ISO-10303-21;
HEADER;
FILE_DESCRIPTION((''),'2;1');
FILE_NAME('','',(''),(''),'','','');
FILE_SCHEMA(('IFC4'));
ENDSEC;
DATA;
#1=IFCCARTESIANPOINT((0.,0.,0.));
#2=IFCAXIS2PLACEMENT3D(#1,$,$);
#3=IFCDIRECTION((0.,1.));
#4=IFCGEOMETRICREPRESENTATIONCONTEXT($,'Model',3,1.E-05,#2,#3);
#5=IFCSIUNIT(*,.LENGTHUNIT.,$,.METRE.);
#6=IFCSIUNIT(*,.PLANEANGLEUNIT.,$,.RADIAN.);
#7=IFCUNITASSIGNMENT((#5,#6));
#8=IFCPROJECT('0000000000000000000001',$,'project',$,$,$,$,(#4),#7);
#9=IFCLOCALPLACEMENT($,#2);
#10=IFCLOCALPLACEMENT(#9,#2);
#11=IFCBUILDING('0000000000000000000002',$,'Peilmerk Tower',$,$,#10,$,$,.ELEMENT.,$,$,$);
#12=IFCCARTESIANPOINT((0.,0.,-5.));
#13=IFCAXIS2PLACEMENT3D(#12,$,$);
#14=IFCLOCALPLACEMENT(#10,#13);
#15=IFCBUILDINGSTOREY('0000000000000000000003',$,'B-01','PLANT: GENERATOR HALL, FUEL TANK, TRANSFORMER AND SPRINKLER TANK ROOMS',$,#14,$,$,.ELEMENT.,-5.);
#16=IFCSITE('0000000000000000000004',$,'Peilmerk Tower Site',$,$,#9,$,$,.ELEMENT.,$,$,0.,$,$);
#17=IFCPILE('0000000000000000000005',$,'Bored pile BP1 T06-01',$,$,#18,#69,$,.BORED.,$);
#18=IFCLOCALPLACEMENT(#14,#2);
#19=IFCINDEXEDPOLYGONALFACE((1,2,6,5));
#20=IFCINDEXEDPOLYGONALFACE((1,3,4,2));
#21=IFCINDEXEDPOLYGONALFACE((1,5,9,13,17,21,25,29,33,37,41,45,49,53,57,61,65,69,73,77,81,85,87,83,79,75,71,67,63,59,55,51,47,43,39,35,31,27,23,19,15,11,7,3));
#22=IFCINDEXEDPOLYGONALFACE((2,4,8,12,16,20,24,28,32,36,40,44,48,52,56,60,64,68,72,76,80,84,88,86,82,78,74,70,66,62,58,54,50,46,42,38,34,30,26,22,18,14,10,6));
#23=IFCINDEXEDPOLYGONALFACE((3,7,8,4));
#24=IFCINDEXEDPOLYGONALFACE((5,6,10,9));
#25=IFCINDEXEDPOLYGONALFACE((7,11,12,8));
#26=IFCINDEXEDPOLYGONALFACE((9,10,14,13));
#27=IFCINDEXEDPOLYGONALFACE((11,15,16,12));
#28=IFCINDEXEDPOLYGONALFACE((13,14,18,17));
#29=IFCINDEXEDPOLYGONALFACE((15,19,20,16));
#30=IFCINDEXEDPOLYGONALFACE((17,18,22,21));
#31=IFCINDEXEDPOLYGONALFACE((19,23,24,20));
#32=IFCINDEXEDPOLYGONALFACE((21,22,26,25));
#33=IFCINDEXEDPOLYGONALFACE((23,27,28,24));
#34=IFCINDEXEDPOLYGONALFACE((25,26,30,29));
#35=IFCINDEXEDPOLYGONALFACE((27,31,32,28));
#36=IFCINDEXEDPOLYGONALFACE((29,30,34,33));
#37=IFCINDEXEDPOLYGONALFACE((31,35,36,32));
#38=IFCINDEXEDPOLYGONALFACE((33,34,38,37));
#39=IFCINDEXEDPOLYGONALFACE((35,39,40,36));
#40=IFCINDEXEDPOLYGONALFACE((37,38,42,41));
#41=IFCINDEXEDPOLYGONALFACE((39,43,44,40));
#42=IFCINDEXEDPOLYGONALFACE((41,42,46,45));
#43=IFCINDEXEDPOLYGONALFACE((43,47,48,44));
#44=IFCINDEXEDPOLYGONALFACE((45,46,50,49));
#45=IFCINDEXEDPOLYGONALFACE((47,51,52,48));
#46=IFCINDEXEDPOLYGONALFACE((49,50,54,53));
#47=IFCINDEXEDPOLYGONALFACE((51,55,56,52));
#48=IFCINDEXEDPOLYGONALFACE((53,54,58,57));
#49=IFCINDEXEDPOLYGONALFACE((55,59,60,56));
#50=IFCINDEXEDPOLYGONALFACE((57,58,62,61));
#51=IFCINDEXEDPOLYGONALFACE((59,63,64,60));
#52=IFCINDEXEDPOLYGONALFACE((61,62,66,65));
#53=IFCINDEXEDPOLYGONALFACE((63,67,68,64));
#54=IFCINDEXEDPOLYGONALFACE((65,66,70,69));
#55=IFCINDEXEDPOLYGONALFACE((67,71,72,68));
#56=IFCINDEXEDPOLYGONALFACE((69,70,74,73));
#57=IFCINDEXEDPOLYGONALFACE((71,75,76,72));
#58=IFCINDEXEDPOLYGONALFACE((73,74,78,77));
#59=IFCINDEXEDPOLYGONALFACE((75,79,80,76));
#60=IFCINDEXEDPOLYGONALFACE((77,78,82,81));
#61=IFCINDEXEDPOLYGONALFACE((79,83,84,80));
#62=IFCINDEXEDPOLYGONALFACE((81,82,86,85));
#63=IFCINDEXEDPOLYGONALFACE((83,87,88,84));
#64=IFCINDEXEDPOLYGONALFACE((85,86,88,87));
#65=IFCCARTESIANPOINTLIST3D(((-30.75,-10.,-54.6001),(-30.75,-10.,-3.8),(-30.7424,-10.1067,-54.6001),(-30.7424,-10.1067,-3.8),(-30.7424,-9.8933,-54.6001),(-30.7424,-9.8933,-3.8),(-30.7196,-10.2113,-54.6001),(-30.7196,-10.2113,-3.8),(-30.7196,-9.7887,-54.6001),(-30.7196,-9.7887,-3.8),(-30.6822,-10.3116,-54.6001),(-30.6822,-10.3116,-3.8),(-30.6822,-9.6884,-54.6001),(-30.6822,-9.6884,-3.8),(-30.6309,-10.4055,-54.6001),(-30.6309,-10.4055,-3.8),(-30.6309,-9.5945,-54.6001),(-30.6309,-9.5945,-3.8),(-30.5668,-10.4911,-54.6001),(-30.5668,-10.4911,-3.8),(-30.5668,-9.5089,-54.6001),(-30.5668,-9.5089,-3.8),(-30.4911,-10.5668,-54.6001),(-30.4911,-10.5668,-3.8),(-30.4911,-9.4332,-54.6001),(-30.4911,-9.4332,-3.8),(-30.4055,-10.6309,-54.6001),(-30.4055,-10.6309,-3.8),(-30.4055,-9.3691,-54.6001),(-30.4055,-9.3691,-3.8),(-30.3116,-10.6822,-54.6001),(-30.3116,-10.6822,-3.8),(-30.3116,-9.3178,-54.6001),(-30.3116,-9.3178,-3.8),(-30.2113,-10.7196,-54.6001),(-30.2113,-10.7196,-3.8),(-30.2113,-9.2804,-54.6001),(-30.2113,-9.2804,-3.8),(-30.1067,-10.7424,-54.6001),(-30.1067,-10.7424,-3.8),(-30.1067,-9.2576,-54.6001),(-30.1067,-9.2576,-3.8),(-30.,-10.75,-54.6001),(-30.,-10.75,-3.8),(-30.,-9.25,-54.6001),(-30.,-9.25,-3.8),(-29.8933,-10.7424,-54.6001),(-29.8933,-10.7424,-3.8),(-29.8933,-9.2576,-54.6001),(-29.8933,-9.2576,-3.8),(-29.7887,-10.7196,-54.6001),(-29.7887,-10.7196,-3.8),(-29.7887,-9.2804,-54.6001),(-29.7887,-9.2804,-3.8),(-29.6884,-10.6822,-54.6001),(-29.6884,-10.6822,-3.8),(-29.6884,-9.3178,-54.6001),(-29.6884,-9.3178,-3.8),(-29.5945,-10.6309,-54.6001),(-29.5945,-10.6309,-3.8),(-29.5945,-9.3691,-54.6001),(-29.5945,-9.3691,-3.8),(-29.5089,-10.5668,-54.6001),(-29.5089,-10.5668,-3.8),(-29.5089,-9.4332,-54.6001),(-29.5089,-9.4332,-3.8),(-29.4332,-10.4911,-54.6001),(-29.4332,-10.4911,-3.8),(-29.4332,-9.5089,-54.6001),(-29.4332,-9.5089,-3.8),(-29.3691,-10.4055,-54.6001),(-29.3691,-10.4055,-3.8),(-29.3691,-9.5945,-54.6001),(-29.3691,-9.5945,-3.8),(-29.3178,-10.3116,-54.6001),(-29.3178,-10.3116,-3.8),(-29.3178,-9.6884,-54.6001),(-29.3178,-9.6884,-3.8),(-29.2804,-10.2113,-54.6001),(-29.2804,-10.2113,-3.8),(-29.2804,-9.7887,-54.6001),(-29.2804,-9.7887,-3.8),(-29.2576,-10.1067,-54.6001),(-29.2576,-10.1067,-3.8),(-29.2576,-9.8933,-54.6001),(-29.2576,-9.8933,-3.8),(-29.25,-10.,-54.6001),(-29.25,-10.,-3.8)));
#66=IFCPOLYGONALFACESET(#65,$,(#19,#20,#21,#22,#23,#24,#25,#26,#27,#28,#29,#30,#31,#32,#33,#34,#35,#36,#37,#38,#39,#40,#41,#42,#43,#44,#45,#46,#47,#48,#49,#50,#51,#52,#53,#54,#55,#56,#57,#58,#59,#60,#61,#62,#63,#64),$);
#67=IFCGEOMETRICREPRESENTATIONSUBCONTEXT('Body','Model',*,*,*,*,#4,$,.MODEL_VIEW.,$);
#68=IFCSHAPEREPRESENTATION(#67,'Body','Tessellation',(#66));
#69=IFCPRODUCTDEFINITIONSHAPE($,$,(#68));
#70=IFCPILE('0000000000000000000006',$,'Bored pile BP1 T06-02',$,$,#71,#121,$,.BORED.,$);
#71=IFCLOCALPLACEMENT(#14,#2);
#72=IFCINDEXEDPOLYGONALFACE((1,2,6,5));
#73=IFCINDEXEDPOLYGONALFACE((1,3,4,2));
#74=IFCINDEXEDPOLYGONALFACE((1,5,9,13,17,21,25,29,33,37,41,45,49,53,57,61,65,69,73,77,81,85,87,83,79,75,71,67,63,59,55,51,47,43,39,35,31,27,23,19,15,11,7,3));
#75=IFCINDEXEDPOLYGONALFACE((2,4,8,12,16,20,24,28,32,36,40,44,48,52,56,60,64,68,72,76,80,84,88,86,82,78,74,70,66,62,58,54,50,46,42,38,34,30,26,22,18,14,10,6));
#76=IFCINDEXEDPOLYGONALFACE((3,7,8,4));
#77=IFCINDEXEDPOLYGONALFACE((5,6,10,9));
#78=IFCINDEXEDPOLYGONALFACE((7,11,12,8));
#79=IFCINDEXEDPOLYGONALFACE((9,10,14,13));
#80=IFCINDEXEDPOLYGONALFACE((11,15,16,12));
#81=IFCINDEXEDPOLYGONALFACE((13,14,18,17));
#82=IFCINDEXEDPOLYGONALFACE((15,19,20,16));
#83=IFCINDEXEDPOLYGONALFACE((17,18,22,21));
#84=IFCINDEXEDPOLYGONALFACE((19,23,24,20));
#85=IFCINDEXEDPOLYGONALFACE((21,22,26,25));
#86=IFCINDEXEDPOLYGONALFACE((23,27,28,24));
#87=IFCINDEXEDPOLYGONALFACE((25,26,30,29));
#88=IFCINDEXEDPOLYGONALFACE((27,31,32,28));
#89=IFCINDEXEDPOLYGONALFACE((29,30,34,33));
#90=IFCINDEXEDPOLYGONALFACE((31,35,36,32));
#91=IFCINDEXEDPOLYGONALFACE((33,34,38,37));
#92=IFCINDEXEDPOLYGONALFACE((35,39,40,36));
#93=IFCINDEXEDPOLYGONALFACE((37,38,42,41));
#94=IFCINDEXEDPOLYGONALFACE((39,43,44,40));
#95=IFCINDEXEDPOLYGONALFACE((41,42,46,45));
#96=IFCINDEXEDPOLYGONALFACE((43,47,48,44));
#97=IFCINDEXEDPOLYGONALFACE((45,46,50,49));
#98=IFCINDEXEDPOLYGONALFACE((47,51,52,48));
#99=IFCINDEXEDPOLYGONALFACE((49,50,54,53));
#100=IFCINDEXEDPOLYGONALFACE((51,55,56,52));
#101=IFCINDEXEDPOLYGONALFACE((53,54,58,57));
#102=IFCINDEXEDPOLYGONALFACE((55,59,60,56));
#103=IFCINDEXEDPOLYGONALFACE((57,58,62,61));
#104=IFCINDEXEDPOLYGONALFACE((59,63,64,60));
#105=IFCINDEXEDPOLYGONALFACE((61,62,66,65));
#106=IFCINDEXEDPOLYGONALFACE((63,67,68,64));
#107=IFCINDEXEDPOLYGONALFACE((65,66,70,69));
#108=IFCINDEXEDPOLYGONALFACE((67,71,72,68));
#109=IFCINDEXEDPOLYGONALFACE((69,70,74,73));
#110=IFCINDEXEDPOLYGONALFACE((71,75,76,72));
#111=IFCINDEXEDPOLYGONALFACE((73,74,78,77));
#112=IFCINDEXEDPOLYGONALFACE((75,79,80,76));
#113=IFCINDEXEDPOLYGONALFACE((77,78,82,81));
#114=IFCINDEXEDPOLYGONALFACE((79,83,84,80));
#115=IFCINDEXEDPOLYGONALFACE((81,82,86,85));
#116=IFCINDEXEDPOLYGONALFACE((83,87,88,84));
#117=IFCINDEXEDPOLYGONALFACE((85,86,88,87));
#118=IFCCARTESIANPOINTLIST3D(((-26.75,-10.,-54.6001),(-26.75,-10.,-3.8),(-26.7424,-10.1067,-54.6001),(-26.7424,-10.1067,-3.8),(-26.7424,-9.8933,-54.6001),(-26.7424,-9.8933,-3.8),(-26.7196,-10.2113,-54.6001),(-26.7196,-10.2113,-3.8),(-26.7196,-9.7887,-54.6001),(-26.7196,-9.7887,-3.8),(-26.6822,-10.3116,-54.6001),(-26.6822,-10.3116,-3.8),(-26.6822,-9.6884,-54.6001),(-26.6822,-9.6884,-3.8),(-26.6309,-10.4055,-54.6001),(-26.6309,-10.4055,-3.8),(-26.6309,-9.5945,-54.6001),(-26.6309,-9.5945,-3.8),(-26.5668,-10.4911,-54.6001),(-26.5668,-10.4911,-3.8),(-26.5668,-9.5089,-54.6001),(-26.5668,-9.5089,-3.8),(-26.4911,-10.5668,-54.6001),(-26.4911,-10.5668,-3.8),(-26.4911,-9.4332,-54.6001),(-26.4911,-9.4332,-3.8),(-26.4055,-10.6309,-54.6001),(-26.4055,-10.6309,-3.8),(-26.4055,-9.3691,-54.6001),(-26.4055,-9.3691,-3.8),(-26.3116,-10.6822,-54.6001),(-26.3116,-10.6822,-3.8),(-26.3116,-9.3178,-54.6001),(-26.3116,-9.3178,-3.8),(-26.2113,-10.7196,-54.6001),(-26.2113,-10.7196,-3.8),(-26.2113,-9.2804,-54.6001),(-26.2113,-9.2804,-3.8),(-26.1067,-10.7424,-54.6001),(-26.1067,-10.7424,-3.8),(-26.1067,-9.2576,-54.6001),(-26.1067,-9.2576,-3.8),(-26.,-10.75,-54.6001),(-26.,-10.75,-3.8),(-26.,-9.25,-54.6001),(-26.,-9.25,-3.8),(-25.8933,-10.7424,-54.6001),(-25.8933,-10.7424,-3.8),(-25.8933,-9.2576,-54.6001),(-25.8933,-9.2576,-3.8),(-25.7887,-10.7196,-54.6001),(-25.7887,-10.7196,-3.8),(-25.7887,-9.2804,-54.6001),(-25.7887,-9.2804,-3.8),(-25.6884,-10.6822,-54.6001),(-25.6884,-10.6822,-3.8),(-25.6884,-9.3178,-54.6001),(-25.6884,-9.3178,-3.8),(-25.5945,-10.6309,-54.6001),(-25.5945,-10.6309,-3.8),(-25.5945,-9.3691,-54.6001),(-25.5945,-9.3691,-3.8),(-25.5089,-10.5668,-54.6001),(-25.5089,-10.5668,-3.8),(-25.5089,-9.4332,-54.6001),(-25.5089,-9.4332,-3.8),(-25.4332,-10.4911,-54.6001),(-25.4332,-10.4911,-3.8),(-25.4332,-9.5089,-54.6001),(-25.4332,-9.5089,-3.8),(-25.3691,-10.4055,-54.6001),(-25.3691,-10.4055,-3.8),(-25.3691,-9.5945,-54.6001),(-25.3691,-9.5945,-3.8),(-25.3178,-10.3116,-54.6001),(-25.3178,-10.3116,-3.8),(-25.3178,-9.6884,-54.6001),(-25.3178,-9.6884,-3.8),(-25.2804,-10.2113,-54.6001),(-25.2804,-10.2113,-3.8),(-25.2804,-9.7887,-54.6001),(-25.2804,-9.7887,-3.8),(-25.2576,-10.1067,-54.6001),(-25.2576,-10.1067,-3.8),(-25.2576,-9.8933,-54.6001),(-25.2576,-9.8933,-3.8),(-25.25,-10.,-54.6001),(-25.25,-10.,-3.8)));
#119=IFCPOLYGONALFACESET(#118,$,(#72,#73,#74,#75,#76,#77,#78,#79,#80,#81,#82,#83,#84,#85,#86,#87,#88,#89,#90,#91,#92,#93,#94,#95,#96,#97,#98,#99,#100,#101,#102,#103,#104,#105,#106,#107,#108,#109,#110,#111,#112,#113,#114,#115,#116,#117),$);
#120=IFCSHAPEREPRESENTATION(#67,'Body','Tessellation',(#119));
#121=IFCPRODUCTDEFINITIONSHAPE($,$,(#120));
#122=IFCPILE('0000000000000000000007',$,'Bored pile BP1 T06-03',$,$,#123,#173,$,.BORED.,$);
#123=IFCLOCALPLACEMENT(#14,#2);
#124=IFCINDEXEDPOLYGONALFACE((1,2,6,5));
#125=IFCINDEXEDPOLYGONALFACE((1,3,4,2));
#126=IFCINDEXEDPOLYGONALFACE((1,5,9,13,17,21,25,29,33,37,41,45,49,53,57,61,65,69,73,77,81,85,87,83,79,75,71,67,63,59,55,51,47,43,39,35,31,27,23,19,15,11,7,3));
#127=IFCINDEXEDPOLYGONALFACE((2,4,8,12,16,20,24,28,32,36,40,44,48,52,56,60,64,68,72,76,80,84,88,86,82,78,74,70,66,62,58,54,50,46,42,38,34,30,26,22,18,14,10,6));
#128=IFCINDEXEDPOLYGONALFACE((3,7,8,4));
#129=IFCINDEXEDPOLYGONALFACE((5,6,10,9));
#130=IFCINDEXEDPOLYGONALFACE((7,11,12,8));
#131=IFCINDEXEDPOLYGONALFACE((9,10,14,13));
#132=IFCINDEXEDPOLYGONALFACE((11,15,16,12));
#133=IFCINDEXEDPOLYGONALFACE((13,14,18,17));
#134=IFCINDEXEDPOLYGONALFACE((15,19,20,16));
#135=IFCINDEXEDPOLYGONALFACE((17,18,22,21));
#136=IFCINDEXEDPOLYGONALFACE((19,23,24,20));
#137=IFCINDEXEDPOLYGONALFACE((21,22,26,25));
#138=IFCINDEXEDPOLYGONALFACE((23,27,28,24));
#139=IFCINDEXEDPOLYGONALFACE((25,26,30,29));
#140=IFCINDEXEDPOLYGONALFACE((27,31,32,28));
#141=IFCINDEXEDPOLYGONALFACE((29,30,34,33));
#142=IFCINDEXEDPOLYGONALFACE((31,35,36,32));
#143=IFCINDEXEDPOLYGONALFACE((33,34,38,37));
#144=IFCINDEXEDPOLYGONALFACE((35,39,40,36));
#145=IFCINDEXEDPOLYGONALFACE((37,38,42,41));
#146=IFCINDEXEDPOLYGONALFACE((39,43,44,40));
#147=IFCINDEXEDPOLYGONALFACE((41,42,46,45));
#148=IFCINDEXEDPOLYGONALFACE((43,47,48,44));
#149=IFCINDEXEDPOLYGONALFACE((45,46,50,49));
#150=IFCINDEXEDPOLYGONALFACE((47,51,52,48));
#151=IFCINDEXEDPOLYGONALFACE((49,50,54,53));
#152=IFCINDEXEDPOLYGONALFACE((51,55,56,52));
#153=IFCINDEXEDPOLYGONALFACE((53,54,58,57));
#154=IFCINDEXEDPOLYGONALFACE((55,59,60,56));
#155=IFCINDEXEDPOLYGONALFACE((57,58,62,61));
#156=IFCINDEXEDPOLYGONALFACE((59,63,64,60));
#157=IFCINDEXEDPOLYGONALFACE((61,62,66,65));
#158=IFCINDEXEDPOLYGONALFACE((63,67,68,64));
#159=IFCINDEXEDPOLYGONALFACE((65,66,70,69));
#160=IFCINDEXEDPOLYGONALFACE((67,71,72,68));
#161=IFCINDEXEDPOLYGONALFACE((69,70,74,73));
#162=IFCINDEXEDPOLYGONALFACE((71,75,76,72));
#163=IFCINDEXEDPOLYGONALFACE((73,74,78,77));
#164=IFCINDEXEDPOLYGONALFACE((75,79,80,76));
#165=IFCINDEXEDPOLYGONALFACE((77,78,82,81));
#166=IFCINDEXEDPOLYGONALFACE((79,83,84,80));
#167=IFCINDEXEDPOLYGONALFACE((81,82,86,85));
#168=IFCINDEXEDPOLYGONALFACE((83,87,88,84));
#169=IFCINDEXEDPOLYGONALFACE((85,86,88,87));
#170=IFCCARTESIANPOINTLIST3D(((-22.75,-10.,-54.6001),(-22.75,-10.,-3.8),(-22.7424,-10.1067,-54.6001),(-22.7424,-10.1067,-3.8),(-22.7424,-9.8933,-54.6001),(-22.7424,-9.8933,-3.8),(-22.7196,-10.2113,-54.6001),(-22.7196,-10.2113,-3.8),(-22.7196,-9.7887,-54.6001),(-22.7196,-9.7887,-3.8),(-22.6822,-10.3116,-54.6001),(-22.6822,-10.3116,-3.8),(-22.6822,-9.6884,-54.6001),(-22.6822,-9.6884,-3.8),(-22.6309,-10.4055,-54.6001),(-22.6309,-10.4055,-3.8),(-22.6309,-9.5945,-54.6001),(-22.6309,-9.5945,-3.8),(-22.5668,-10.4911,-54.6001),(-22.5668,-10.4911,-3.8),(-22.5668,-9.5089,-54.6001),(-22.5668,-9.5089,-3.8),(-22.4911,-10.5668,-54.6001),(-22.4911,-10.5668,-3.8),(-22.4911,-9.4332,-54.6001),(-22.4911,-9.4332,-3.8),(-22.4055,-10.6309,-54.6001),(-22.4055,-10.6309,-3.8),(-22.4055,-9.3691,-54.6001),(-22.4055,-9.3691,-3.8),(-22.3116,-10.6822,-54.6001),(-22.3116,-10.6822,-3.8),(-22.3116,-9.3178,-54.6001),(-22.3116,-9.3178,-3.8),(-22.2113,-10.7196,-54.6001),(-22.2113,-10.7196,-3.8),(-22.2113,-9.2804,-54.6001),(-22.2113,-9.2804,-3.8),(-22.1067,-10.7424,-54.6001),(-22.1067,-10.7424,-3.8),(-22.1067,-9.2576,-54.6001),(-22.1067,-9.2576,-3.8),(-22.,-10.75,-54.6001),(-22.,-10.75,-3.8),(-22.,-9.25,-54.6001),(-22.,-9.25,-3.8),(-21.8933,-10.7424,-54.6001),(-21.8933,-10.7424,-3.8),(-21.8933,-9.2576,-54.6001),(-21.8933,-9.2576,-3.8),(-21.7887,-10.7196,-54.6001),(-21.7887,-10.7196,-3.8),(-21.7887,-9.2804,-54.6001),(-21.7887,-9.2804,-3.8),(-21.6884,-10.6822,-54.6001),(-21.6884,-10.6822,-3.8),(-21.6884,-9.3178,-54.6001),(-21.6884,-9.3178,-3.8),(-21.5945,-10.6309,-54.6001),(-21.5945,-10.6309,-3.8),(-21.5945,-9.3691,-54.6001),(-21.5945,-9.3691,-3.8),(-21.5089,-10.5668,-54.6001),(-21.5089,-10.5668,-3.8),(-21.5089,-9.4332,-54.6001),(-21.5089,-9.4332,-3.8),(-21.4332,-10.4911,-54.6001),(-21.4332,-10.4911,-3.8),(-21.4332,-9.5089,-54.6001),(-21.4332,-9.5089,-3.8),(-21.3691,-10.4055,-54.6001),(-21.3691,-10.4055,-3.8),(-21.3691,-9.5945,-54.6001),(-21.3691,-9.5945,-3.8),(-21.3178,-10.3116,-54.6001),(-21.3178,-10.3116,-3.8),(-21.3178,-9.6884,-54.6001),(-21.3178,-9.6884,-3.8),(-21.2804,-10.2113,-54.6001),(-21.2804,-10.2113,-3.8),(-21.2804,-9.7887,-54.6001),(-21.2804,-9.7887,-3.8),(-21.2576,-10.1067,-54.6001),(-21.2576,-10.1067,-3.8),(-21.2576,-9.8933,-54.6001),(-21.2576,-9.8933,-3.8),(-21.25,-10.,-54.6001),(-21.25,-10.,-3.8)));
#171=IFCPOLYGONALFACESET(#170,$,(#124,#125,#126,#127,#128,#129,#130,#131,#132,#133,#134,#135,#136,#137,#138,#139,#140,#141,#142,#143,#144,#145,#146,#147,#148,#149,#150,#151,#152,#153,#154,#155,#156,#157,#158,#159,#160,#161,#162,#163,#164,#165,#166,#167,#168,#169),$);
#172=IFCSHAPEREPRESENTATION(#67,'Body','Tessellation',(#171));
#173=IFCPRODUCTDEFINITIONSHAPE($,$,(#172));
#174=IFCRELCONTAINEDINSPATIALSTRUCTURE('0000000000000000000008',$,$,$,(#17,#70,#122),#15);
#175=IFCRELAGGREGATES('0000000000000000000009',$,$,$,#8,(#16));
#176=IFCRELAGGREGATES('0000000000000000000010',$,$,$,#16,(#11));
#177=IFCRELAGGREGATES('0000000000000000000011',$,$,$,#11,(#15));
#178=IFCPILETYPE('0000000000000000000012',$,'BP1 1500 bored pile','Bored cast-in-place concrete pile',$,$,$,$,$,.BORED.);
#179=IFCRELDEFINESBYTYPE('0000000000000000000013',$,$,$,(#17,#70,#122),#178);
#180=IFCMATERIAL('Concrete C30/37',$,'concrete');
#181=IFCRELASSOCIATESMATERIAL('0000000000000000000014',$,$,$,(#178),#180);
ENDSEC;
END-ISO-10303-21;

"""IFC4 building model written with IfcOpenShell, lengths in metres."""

from ifc_helpers import new_model, si_unit, direction, frame, origin, origin_2d, place, context, subcontext, project, spatial, circle, extrude, material, material_profile, profile_set, type_object, element, save


model = new_model("IFC4")

# Units and contexts
model_context = context("Model", 3, precision=1e-05, world=origin(), true_north=direction((0.0, 1.0)))
body_context = subcontext(model_context, "Body", "Model", "MODEL_VIEW")
ifc_project = project(units=[si_unit("LENGTHUNIT", "METRE"), si_unit("PLANEANGLEUNIT", "RADIAN")], contexts=[model_context])

# Site, building, storey
site_placement = place(None, origin())
site = spatial("IfcSite", under=ifc_project, at=site_placement, Name="Peilmerk Tower Site", CompositionType="ELEMENT", RefElevation=0.0)
building_placement = place(site_placement, origin())
building = spatial("IfcBuilding", under=site, at=building_placement, Name="Peilmerk Tower", CompositionType="ELEMENT")
storey_placement = place(building_placement, frame((0.0, 0.0, -5.0)))
storey = spatial("IfcBuildingStorey", under=building, at=storey_placement, Name="B-01", Description="PLANT: GENERATOR HALL, FUEL TANK, TRANSFORMER AND SPRINKLER TANK ROOMS", CompositionType="ELEMENT", Elevation=-5.0)

# Piles
ifc_material_1 = material(Name="Concrete C30/37", Category="concrete")
ifc_material_profile_1 = material_profile(ifc_material_1, circle(Radius=0.75, at=origin_2d()), Name="BP 1500")
ifc_profile_set_1 = profile_set([ifc_material_profile_1], Name="Concrete C30/37")
pile_type_1 = type_object("IfcPileType", Name="BP1 1500 bored pile", Description="Bored cast-in-place concrete pile", PredefinedType="BORED", material=ifc_profile_set_1)
for number, where, z_axis, x_axis, name in (
    (1, (-30.0, -10.0, -3.8), (0.0, 0.0, -1.0), (1.0, 0.0, 0.0), "Bored pile BP1 T06-01"),
    (2, (-26.0, -10.0, -3.8), (0.0, 0.0, -1.0), (1.0, 0.0, 0.0), "Bored pile BP1 T06-02"),
    (3, (-22.0, -10.0, -3.8), (0.0, 0.0, -1.0), (1.0, 0.0, 0.0), "Bored pile BP1 T06-03"),
):
    element("IfcPile", number, at=place(storey_placement, frame(where, z_axis=z_axis, x_axis=x_axis)), inside=storey, type_object=pile_type_1, Name=name, PredefinedType="BORED", context=body_context, shape_type="SweptSolid", body=[
        extrude(circle(Radius=0.75, at=origin_2d()), origin(), (0.0, 0.0, 1.0), 50.8),
    ])

save(model, "model.ifc")
